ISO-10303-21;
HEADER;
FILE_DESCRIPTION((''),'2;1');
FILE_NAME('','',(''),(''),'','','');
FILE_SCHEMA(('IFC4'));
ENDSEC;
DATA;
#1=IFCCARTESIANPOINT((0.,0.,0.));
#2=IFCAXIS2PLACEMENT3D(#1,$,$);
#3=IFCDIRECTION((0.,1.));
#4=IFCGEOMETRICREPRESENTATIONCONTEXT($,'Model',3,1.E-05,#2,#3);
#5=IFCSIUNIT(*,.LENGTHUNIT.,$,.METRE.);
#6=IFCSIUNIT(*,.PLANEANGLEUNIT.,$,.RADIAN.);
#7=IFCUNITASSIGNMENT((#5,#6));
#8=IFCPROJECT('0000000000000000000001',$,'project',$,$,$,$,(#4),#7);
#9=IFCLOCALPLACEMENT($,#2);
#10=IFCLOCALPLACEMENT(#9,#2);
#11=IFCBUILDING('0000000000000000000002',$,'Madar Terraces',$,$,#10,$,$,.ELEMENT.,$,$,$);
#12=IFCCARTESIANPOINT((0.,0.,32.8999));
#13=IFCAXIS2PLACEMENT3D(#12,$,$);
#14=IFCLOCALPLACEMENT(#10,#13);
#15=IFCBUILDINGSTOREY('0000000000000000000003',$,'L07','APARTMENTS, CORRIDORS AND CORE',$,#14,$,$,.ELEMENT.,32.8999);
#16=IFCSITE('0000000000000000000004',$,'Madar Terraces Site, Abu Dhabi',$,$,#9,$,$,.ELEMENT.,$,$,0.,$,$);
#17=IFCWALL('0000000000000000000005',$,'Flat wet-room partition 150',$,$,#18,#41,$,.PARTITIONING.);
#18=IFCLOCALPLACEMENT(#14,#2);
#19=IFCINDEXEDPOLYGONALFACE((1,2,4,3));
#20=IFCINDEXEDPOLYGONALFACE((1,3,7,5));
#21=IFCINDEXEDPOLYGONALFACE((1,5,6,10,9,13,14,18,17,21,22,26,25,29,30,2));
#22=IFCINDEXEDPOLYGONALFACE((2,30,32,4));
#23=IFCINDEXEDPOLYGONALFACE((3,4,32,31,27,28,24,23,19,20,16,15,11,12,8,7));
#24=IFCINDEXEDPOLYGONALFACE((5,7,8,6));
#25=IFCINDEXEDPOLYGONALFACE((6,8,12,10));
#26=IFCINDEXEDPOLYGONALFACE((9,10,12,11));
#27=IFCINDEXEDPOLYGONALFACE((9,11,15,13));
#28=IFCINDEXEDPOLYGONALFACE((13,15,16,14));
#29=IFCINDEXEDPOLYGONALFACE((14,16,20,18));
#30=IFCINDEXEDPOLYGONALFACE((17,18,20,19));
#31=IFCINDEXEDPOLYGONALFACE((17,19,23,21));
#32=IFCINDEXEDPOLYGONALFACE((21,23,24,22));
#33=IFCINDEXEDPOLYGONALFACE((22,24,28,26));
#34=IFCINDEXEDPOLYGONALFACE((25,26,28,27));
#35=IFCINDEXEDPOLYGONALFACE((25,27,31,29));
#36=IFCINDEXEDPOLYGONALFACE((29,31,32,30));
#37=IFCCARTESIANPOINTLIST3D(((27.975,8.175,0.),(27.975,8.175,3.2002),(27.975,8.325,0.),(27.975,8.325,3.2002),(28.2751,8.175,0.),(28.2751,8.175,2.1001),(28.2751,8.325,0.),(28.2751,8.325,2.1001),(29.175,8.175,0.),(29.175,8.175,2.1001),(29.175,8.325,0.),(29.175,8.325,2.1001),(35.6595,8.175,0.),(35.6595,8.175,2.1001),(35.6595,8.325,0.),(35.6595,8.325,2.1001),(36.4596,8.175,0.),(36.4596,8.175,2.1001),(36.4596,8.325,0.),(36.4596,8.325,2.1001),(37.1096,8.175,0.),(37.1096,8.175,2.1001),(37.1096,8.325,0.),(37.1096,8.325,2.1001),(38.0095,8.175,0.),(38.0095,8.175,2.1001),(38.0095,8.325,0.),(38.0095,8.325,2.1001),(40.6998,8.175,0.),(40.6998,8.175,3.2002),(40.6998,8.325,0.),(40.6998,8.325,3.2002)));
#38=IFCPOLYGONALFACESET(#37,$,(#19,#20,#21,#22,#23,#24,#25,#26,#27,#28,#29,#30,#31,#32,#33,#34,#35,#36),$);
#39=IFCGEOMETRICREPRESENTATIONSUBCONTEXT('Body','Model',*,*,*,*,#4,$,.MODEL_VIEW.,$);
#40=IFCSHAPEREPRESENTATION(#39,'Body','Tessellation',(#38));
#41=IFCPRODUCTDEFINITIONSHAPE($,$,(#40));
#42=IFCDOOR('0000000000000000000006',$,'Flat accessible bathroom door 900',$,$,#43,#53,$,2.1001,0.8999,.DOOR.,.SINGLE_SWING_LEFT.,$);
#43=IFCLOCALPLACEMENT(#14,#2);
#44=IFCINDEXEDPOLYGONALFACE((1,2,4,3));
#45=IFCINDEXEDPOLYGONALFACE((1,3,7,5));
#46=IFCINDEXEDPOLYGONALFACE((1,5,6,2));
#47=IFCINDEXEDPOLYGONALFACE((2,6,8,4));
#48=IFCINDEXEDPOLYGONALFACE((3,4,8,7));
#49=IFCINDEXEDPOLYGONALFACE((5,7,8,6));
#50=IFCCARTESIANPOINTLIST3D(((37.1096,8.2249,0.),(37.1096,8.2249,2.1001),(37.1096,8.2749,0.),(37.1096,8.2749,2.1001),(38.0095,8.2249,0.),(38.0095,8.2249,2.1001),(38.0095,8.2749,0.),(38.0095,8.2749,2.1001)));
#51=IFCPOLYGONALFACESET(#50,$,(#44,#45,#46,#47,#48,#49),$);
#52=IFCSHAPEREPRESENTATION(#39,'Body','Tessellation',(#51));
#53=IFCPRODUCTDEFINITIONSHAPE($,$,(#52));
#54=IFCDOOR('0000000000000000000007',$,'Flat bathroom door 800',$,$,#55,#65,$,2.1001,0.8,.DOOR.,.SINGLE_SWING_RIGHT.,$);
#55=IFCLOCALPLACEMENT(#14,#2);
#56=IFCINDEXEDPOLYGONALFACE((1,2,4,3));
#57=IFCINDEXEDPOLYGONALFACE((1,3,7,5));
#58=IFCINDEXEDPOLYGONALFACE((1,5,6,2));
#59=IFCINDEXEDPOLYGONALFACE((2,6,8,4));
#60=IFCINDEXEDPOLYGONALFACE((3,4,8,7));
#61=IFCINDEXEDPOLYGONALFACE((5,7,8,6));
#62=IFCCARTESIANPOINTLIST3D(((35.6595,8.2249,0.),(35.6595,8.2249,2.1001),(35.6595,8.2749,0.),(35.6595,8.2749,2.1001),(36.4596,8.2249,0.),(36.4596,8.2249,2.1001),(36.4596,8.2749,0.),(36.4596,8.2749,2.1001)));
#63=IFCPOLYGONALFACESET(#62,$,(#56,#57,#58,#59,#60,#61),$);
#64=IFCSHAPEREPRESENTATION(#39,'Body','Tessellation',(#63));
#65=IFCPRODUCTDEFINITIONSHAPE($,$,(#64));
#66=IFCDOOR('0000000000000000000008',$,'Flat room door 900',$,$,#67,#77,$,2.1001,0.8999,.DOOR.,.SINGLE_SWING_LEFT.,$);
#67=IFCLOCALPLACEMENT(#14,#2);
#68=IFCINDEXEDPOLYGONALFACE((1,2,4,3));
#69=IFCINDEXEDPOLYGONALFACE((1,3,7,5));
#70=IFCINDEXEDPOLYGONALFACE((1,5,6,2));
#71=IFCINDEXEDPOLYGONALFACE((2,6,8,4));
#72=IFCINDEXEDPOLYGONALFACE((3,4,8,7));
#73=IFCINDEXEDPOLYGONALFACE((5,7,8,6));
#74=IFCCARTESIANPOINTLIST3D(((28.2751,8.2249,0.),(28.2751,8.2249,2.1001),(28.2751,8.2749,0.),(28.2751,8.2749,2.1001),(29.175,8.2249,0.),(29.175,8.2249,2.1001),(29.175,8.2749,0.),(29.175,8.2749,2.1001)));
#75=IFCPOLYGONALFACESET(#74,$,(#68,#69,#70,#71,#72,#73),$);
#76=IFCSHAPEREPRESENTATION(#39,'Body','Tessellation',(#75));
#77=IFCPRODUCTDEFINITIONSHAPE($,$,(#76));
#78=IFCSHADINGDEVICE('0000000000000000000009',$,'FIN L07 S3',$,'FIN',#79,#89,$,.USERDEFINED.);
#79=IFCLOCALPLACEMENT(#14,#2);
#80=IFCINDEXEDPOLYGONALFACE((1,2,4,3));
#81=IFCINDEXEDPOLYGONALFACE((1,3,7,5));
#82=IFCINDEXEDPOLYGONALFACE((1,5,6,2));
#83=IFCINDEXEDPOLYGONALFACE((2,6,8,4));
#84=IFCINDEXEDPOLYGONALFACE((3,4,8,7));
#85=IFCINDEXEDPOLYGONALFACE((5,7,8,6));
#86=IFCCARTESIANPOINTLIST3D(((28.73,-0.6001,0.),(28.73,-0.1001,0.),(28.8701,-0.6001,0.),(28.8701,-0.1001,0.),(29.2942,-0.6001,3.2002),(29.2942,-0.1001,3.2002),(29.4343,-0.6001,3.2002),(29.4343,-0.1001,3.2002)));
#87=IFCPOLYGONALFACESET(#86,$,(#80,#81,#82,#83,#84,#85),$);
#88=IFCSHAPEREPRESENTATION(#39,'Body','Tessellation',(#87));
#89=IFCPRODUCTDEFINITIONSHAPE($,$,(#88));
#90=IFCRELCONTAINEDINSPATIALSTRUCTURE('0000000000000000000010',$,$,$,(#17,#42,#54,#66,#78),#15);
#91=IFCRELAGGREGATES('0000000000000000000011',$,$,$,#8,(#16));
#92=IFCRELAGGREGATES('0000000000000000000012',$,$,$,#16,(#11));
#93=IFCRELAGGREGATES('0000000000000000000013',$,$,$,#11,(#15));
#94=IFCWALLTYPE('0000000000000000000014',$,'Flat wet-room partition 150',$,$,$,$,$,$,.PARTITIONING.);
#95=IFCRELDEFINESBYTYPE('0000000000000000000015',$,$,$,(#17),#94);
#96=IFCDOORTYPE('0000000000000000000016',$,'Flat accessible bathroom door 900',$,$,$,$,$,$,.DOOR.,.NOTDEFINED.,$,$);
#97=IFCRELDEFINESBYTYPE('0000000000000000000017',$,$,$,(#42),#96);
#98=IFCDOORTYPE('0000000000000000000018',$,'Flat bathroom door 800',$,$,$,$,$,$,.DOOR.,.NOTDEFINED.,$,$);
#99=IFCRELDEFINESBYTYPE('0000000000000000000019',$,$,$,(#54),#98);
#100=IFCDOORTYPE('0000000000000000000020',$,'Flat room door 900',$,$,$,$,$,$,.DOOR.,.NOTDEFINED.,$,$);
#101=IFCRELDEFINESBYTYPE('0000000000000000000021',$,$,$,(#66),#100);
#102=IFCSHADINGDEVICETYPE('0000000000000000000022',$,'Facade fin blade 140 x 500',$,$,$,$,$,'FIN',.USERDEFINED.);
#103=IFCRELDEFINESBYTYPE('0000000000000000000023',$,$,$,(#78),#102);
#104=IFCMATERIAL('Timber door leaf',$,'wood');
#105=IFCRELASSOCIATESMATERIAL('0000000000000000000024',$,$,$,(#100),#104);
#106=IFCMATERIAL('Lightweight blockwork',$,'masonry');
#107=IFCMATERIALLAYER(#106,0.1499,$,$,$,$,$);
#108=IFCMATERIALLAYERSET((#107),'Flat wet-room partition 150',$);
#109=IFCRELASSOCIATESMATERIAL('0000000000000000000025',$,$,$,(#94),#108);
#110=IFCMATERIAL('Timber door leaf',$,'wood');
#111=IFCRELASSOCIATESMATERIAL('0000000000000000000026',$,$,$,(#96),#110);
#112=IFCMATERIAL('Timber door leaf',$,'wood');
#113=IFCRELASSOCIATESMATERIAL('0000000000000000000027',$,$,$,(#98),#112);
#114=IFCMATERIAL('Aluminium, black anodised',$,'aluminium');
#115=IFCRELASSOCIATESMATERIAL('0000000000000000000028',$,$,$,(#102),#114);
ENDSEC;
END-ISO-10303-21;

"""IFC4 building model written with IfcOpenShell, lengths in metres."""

from ifc_helpers import new_model, si_unit, direction, frame, frame_2d, origin, place, context, subcontext, project, spatial, polyline, rectangle, outline, extrude, material, layer, layer_set, type_object, element, fill, save


model = new_model("IFC4")

# Units and contexts
model_context = context("Model", 3, precision=1e-05, world=origin(), true_north=direction((0.0, 1.0)))
body_context = subcontext(model_context, "Body", "Model", "MODEL_VIEW")
ifc_project = project(units=[si_unit("LENGTHUNIT", "METRE"), si_unit("PLANEANGLEUNIT", "RADIAN")], contexts=[model_context])

# Site, building, storey
site_placement = place(None, origin())
site = spatial("IfcSite", under=ifc_project, at=site_placement, Name="Madar Terraces Site, Abu Dhabi", CompositionType="ELEMENT", RefElevation=0.0)
building_placement = place(site_placement, origin())
building = spatial("IfcBuilding", under=site, at=building_placement, Name="Madar Terraces", CompositionType="ELEMENT")
storey_placement = place(building_placement, frame((0.0, 0.0, 32.8999)))
storey = spatial("IfcBuildingStorey", under=building, at=storey_placement, Name="L07", Description="APARTMENTS, CORRIDORS AND CORE", CompositionType="ELEMENT", Elevation=32.8999)

# Wall, openings, doors
ifc_material_1 = material(Name="Timber door leaf", Category="wood")
door_type_1 = type_object("IfcDoorType", Name="Flat room door 900", OperationType="NOTDEFINED", PredefinedType="DOOR", material=ifc_material_1)
ifc_material_2 = material(Name="Lightweight blockwork", Category="masonry")
ifc_layer_1 = layer(ifc_material_2, 0.1499)
ifc_layer_set_1 = layer_set([ifc_layer_1], Name="Flat wet-room partition 150")
wall_type_1 = type_object("IfcWallType", Name="Flat wet-room partition 150", PredefinedType="PARTITIONING", material=ifc_layer_set_1)
wall_1_placement = place(storey_placement, frame((27.9751, 8.25, 0.0), z_axis=(0.0, 0.0, 1.0), x_axis=(1.0, 0.0, 0.0)))
wall_1 = element("IfcWall", 1, at=wall_1_placement, inside=storey, type_object=wall_type_1, Name="Flat wet-room partition 150", PredefinedType="PARTITIONING", context=body_context, shape_type="SweptSolid", body=[
    extrude(rectangle(XDim=12.7249, YDim=0.1499, at=frame_2d((6.3623, 0.0))), origin(), (0.0, 0.0, 1.0), 3.2002),
])
opening_1_placement = place(wall_1_placement, frame((0.3, 0.0, 0.0)))
opening_1 = element("IfcOpeningElement", 2, at=opening_1_placement, cuts=wall_1, PredefinedType="OPENING", context=body_context, shape_type="SweptSolid", body=[
    extrude(rectangle(XDim=0.8999, YDim=2.1001, at=frame_2d((0.45, 1.05))), frame((0.0, 0.085, 0.0), z_axis=(0.0, -1.0, 0.0), x_axis=(1.0, 0.0, 0.0)), (0.0, 0.0, 1.0), 0.1699),
])
opening_2_placement = place(wall_1_placement, frame((7.6846, 0.0, 0.0)))
opening_2 = element("IfcOpeningElement", 3, at=opening_2_placement, cuts=wall_1, PredefinedType="OPENING", context=body_context, shape_type="SweptSolid", body=[
    extrude(rectangle(XDim=0.8, YDim=2.1001, at=frame_2d((0.3999, 1.05))), frame((0.0, 0.085, 0.0), z_axis=(0.0, -1.0, 0.0), x_axis=(1.0, 0.0, 0.0)), (0.0, 0.0, 1.0), 0.1699),
])
opening_3_placement = place(wall_1_placement, frame((9.1345, 0.0, 0.0)))
opening_3 = element("IfcOpeningElement", 4, at=opening_3_placement, cuts=wall_1, PredefinedType="OPENING", context=body_context, shape_type="SweptSolid", body=[
    extrude(rectangle(XDim=0.8999, YDim=2.1001, at=frame_2d((0.45, 1.05))), frame((0.0, 0.085, 0.0), z_axis=(0.0, -1.0, 0.0), x_axis=(1.0, 0.0, 0.0)), (0.0, 0.0, 1.0), 0.1699),
])
ifc_material_3 = material(Name="Timber door leaf", Category="wood")
door_type_2 = type_object("IfcDoorType", Name="Flat accessible bathroom door 900", OperationType="NOTDEFINED", PredefinedType="DOOR", material=ifc_material_3)
door_1_placement = place(opening_3_placement, origin())
door_1 = element("IfcDoor", 5, at=door_1_placement, inside=storey, type_object=door_type_2, Name="Flat accessible bathroom door 900", OperationType="SINGLE_SWING_LEFT", OverallHeight=2.1001, OverallWidth=0.8999, PredefinedType="DOOR", context=body_context, shape_type="SweptSolid", body=[
    extrude(rectangle(XDim=0.8999, YDim=2.1001, at=frame_2d((0.45, 1.05))), frame((0.0, 0.0249, 0.0), z_axis=(0.0, -1.0, 0.0), x_axis=(1.0, 0.0, 0.0)), (0.0, 0.0, 1.0), 0.05),
])
fill(opening_3, door_1)
ifc_material_4 = material(Name="Timber door leaf", Category="wood")
door_type_3 = type_object("IfcDoorType", Name="Flat bathroom door 800", OperationType="NOTDEFINED", PredefinedType="DOOR", material=ifc_material_4)
door_2_placement = place(opening_2_placement, origin())
door_2 = element("IfcDoor", 6, at=door_2_placement, inside=storey, type_object=door_type_3, Name="Flat bathroom door 800", OperationType="SINGLE_SWING_RIGHT", OverallHeight=2.1001, OverallWidth=0.8, PredefinedType="DOOR", context=body_context, shape_type="SweptSolid", body=[
    extrude(rectangle(XDim=0.8, YDim=2.1001, at=frame_2d((0.3999, 1.05))), frame((0.0, 0.0249, 0.0), z_axis=(0.0, -1.0, 0.0), x_axis=(1.0, 0.0, 0.0)), (0.0, 0.0, 1.0), 0.05),
])
fill(opening_2, door_2)
door_3_placement = place(opening_1_placement, origin())
door_3 = element("IfcDoor", 7, at=door_3_placement, inside=storey, type_object=door_type_1, Name="Flat room door 900", OperationType="SINGLE_SWING_LEFT", OverallHeight=2.1001, OverallWidth=0.8999, PredefinedType="DOOR", context=body_context, shape_type="SweptSolid", body=[
    extrude(rectangle(XDim=0.8999, YDim=2.1001, at=frame_2d((0.45, 1.05))), frame((0.0, 0.0249, 0.0), z_axis=(0.0, -1.0, 0.0), x_axis=(1.0, 0.0, 0.0)), (0.0, 0.0, 1.0), 0.05),
])
fill(opening_1, door_3)

# Shading device
ifc_material_5 = material(Name="Aluminium, black anodised", Category="aluminium")
shading_device_type = type_object("IfcShadingDeviceType", Name="Facade fin blade 140 x 500", ElementType="FIN", PredefinedType="USERDEFINED", material=ifc_material_5)
shading_device_placement = place(storey_placement, frame((28.73, -0.3501, 0.0), z_axis=(0.0, 0.0, 1.0), x_axis=(1.0, 0.0, 0.0)))
element("IfcShadingDevice", 8, at=shading_device_placement, inside=storey, type_object=shading_device_type, Name="FIN L07 S3", ObjectType="FIN", PredefinedType="USERDEFINED", context=body_context, shape_type="SweptSolid", body=[
    extrude(outline(polyline([(0.0, 0.0), (0.1401, 0.0), (0.7043, 3.2002), (0.5642, 3.2002), (0.0, 0.0)])), frame((0.0, 0.25, 0.0), z_axis=(0.0, -1.0, 0.0), x_axis=(1.0, 0.0, 0.0)), (0.0, 0.0, 1.0), 0.5),
])

save(model, "model.ifc")
